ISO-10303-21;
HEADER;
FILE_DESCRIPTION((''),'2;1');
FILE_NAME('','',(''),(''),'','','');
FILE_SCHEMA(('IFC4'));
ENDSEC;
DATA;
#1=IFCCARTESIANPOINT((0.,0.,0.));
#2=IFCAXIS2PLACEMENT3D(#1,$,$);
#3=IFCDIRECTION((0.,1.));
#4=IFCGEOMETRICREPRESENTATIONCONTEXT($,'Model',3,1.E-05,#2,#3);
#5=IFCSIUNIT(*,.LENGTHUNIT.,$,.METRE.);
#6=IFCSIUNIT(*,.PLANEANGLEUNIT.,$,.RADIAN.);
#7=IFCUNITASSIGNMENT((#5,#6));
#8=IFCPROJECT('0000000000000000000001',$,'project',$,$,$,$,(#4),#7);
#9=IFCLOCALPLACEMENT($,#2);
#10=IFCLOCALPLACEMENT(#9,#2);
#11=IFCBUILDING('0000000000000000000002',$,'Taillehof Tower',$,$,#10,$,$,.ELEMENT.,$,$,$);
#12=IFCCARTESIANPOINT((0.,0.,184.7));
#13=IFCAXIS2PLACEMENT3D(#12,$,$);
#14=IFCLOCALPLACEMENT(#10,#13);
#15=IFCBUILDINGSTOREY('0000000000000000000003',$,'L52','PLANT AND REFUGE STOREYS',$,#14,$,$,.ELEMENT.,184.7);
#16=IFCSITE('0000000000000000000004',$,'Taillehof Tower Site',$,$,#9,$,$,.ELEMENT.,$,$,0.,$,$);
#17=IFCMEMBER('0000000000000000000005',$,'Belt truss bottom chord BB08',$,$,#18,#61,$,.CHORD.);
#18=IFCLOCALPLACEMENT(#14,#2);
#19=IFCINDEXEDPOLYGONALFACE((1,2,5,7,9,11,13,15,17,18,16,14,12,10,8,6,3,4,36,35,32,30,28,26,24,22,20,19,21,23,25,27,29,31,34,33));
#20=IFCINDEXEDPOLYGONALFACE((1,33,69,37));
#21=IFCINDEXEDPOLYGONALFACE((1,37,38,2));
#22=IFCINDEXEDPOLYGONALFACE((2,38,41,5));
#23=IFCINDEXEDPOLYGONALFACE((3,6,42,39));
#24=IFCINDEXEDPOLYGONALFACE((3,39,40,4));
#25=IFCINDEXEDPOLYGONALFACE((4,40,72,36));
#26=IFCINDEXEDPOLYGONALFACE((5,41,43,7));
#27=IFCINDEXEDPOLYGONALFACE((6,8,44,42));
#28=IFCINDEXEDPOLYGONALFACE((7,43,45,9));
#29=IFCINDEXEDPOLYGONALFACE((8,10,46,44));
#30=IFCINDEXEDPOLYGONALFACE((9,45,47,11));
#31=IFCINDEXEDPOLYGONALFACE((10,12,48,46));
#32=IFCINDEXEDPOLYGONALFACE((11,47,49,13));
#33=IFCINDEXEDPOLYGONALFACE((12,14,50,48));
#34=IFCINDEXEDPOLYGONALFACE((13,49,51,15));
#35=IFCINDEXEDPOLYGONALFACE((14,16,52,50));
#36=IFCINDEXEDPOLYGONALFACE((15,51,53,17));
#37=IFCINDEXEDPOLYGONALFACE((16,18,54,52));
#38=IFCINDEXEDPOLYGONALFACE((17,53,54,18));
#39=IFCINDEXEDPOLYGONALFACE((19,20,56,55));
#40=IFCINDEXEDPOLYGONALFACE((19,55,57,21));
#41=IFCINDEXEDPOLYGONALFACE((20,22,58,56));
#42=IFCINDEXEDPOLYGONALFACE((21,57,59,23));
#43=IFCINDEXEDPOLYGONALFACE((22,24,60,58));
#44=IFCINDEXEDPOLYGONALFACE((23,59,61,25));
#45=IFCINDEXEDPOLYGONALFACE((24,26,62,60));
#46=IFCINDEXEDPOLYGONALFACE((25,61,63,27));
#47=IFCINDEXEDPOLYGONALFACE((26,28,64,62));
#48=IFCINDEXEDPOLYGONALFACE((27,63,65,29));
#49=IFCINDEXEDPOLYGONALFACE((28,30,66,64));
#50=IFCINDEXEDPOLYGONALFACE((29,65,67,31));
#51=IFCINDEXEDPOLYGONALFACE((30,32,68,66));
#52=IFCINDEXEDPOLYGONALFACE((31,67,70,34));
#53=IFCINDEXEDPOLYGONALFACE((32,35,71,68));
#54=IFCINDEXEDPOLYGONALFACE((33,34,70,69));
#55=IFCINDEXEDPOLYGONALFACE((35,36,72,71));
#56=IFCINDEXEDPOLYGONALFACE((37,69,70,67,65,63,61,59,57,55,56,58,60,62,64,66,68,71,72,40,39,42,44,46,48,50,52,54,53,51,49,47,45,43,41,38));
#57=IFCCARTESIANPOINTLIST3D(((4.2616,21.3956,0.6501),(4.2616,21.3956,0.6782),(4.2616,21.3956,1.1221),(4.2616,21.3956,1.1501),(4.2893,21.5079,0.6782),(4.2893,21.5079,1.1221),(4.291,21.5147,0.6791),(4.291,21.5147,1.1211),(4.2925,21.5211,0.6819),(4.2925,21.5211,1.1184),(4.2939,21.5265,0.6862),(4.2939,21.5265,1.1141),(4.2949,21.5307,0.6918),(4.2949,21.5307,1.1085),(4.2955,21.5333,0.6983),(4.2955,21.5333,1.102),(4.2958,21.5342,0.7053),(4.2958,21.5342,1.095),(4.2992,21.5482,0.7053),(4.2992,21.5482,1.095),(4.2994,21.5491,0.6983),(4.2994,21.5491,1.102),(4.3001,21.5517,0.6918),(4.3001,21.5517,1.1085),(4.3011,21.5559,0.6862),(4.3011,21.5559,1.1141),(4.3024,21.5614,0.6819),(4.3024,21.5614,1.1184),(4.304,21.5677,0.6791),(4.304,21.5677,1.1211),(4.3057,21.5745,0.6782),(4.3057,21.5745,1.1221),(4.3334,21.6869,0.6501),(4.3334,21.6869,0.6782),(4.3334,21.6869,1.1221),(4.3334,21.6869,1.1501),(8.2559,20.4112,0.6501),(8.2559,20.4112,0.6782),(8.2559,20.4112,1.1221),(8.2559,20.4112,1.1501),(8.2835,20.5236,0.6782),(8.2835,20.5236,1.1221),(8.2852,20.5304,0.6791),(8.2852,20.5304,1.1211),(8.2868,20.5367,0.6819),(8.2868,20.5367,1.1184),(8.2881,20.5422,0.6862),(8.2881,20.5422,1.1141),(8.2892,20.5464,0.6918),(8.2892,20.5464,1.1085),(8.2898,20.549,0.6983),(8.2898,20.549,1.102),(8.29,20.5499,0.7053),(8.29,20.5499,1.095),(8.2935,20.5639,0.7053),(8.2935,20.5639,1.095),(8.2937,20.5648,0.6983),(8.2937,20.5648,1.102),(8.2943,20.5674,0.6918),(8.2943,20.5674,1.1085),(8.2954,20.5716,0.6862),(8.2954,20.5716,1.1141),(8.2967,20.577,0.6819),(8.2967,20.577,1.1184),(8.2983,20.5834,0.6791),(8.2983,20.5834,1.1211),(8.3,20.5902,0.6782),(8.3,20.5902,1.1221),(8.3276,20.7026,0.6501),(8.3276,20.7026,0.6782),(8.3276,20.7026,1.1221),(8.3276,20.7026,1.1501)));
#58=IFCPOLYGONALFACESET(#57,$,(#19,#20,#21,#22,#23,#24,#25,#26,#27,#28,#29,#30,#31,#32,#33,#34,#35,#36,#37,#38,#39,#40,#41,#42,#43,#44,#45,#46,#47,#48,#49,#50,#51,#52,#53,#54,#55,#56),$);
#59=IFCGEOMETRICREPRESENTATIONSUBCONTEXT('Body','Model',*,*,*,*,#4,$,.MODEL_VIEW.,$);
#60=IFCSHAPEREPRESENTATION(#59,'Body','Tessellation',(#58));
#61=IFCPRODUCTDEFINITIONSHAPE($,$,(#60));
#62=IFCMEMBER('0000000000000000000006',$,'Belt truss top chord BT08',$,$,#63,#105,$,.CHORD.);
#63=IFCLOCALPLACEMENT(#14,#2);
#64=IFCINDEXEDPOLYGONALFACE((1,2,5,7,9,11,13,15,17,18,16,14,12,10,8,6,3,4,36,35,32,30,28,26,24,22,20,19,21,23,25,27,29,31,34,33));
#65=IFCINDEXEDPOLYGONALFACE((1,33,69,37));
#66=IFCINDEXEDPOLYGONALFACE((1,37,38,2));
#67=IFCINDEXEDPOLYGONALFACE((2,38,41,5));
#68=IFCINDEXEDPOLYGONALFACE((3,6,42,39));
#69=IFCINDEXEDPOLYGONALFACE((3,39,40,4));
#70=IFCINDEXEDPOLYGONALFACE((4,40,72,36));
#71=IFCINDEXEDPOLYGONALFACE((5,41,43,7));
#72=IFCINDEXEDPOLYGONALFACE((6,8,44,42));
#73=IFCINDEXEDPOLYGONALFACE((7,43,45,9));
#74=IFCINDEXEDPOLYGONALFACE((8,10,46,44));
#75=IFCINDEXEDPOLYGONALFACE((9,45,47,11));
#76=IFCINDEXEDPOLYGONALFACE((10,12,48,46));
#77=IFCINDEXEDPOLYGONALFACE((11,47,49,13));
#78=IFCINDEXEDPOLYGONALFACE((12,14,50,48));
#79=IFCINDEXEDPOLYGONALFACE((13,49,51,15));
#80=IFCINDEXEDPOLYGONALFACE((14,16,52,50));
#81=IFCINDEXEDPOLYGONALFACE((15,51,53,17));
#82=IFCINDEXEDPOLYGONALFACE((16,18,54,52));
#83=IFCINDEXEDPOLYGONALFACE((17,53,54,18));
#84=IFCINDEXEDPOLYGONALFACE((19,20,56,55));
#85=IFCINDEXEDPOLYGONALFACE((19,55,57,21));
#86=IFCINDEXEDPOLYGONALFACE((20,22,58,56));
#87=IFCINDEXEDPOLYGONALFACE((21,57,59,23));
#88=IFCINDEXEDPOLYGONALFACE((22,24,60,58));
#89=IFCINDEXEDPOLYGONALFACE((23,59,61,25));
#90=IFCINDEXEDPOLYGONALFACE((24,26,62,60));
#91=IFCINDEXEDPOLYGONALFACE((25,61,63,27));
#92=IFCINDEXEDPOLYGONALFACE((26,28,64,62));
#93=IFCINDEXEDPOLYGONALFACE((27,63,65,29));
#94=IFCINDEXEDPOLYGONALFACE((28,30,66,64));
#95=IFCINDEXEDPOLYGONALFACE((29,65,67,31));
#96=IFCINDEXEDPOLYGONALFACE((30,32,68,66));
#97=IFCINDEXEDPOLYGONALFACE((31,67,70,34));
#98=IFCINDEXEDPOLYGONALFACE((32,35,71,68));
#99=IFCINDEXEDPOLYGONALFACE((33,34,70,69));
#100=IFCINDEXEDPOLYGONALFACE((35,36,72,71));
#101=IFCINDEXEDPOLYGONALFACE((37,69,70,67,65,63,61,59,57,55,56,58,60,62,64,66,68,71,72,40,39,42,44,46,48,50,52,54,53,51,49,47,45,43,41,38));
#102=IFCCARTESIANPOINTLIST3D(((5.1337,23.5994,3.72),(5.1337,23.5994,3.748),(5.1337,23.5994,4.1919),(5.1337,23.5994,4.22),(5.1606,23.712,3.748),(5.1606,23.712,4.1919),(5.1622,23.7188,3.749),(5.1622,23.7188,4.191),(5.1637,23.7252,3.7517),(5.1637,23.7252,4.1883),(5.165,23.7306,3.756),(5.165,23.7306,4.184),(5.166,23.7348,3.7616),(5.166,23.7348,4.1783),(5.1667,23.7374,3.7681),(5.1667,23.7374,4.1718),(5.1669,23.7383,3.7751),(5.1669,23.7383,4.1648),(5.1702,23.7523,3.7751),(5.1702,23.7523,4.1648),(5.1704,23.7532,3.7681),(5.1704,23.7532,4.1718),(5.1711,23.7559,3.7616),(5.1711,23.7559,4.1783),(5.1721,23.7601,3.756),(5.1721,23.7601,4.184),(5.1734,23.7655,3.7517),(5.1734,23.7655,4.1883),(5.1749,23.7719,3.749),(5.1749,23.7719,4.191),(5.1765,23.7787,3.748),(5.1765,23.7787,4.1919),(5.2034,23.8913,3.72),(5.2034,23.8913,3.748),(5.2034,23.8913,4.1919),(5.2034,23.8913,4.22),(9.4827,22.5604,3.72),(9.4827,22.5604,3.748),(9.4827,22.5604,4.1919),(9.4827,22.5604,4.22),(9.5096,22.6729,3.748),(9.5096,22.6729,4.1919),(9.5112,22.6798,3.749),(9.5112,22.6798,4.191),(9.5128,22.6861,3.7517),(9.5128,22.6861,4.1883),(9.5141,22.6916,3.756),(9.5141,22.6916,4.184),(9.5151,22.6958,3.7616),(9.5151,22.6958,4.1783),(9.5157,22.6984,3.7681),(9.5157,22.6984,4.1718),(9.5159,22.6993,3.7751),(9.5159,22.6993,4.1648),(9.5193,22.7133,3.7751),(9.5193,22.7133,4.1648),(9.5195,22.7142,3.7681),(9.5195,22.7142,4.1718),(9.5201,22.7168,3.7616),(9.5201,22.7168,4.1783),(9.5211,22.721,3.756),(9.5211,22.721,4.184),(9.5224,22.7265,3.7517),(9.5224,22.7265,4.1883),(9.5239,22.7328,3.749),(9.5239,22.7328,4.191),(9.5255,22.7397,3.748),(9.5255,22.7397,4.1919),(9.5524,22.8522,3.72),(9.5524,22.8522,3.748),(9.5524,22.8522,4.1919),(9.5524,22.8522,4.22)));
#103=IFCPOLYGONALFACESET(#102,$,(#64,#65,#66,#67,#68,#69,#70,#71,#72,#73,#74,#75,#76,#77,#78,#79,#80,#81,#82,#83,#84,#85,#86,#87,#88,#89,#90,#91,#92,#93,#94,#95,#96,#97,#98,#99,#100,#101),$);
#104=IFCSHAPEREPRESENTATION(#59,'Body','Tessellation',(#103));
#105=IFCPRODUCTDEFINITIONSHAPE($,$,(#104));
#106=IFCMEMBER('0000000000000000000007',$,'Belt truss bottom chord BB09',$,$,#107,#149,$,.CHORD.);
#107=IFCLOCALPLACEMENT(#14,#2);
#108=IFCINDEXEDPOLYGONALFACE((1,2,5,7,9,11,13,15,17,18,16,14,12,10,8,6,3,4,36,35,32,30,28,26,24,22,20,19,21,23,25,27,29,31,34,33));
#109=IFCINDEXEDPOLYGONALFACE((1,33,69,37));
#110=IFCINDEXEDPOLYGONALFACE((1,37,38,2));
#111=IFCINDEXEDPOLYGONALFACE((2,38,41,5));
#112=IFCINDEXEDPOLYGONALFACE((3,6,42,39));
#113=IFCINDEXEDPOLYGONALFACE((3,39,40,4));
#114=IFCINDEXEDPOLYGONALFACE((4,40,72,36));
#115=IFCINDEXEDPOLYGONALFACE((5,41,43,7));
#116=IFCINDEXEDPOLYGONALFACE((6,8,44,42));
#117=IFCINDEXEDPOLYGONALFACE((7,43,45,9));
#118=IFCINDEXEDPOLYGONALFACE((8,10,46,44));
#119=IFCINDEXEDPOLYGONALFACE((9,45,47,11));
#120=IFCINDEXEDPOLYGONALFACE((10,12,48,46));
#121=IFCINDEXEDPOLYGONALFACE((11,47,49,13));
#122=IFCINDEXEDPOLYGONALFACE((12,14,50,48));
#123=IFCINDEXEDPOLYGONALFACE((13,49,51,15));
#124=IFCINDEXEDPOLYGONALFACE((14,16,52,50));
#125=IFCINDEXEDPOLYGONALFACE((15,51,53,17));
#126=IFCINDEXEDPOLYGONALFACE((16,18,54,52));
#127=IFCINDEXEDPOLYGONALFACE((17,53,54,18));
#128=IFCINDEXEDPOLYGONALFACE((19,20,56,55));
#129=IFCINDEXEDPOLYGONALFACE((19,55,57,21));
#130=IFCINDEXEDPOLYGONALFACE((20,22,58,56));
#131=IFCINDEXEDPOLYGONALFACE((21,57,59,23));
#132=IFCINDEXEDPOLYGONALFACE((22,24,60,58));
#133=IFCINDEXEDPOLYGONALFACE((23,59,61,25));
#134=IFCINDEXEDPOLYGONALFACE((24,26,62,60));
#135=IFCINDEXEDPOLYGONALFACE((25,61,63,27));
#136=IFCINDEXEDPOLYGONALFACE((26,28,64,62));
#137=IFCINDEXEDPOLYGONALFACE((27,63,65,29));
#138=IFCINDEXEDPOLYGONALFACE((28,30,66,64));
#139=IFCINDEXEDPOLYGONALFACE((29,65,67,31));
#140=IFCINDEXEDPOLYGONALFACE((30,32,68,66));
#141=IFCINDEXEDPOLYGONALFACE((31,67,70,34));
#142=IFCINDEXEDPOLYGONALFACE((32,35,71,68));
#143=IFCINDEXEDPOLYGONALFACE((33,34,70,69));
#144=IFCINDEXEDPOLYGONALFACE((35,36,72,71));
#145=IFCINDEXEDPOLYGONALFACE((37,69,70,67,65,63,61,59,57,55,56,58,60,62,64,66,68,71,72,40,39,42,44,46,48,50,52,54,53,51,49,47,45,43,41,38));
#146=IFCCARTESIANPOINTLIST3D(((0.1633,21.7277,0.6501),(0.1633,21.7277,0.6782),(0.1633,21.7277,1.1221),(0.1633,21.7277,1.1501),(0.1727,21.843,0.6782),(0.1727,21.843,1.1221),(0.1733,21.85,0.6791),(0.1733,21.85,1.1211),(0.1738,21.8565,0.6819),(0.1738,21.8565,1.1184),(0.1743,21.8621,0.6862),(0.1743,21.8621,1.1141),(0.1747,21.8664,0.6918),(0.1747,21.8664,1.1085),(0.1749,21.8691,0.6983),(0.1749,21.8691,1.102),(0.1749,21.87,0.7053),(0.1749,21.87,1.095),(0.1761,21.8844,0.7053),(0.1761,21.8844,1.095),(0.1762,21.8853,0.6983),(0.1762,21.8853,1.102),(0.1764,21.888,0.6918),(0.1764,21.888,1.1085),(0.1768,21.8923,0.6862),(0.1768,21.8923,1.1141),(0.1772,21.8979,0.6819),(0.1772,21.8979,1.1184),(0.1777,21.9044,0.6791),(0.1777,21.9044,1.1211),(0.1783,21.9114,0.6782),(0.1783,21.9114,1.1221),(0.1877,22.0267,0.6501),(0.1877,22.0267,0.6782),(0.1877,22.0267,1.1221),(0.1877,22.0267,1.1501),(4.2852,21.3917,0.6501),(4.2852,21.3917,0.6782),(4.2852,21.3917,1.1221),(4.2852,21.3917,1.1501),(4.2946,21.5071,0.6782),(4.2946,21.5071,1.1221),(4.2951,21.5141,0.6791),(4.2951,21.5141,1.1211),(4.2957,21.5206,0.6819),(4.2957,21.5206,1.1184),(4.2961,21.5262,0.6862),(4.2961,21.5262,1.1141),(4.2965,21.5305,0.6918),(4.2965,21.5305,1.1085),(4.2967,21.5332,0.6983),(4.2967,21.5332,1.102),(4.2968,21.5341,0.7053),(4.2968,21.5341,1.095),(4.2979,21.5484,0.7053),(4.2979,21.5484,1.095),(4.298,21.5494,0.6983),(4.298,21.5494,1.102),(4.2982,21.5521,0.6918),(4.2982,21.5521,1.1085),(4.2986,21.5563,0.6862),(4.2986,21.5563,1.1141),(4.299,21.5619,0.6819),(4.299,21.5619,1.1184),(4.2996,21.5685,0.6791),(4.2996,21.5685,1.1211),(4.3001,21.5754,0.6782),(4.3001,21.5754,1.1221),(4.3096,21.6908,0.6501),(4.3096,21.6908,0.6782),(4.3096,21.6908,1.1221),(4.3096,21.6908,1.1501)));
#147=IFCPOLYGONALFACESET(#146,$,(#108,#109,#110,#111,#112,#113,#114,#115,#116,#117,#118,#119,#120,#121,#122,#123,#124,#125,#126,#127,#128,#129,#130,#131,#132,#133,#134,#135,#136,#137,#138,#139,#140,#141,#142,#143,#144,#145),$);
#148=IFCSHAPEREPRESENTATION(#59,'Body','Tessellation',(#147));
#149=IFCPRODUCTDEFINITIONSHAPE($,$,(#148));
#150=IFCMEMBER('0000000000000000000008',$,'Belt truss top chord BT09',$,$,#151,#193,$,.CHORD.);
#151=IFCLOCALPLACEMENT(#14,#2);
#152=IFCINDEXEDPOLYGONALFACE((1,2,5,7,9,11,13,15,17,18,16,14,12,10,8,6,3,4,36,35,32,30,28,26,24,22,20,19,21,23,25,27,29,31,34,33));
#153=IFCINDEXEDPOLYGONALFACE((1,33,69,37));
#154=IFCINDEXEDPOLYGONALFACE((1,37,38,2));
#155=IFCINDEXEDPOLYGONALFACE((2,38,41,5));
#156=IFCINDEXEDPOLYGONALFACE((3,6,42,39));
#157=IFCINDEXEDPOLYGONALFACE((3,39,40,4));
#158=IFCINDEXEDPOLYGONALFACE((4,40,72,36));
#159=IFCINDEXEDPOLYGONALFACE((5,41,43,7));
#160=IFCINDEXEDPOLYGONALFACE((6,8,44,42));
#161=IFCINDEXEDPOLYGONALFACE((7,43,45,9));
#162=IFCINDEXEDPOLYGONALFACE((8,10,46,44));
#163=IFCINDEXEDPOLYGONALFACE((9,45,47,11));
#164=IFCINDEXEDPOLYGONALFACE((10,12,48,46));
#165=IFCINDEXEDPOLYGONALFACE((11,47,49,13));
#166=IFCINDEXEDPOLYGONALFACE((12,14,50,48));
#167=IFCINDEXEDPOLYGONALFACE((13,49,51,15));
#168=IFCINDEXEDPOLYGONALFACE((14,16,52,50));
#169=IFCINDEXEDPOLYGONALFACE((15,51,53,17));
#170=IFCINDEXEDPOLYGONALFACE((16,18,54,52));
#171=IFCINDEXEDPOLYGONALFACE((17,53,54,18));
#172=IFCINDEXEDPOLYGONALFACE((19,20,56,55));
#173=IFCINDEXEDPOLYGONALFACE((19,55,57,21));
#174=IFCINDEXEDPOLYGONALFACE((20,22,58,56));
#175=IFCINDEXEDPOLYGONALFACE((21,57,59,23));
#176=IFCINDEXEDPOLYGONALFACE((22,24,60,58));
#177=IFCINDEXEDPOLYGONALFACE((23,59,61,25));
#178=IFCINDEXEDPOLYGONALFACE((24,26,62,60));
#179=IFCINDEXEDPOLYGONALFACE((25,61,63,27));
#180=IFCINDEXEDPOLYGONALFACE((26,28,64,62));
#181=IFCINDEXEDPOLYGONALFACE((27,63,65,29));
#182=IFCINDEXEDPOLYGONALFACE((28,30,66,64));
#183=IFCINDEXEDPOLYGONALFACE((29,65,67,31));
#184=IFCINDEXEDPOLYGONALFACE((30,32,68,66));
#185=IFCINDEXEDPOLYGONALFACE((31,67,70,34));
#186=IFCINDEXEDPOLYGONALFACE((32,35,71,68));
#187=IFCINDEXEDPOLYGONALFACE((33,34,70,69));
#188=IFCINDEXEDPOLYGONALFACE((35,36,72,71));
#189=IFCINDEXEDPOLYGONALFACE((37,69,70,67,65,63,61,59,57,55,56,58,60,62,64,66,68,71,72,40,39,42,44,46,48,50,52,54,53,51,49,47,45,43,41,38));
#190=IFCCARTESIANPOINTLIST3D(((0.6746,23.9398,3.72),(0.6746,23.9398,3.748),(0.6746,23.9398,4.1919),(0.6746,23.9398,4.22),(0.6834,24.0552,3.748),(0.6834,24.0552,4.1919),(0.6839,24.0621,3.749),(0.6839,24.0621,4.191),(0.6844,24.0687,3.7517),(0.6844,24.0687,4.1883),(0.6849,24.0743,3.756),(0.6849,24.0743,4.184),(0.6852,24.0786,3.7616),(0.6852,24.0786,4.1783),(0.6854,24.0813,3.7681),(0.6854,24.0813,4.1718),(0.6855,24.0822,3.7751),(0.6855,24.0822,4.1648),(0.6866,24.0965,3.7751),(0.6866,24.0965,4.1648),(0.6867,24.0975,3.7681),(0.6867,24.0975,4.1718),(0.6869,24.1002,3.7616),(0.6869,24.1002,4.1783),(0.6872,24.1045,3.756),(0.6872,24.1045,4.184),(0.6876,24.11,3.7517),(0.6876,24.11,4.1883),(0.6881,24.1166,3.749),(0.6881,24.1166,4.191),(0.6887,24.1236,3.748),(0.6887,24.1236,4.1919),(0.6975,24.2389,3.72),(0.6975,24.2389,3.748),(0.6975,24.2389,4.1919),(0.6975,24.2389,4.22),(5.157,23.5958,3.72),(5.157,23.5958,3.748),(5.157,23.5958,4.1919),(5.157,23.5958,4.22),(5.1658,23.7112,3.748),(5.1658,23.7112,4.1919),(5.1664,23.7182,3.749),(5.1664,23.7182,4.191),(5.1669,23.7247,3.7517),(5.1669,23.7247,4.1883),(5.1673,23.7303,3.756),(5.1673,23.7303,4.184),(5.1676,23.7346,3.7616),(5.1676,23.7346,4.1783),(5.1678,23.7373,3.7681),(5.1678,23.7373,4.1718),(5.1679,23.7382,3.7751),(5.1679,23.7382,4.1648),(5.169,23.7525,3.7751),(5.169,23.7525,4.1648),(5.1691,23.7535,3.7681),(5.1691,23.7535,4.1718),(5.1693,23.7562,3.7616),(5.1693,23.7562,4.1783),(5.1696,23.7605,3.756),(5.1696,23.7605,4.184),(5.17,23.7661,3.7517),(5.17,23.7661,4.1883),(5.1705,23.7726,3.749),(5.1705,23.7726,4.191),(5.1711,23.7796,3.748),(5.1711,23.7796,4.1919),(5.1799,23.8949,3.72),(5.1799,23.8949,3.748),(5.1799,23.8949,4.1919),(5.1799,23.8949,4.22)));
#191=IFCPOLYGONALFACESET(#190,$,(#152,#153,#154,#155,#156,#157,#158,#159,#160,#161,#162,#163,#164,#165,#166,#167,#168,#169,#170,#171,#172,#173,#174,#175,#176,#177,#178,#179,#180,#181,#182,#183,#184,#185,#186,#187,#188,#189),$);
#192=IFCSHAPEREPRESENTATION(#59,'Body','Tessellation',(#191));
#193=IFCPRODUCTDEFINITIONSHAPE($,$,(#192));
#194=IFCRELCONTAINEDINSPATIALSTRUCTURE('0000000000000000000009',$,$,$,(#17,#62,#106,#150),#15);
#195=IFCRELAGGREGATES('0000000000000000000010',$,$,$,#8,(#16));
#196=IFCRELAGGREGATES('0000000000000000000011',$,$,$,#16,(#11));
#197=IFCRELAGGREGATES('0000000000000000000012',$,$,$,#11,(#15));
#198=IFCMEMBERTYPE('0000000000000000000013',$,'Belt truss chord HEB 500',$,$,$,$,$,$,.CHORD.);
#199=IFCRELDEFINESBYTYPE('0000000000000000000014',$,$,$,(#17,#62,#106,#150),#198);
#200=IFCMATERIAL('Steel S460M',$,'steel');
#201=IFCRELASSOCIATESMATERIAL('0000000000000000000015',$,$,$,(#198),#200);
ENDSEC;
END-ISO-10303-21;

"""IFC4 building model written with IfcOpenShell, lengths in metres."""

from ifc_helpers import new_model, si_unit, direction, frame, origin, origin_2d, place, context, subcontext, project, spatial, i_section, extrude, material, material_profile, profile_set, type_object, element, save


model = new_model("IFC4")

# Units and contexts
model_context = context("Model", 3, precision=1e-05, world=origin(), true_north=direction((0.0, 1.0)))
body_context = subcontext(model_context, "Body", "Model", "MODEL_VIEW")
ifc_project = project(units=[si_unit("LENGTHUNIT", "METRE"), si_unit("PLANEANGLEUNIT", "RADIAN")], contexts=[model_context])

# Site, building, storey
site_placement = place(None, origin())
site = spatial("IfcSite", under=ifc_project, at=site_placement, Name="Taillehof Tower Site", CompositionType="ELEMENT", RefElevation=0.0)
building_placement = place(site_placement, origin())
building = spatial("IfcBuilding", under=site, at=building_placement, Name="Taillehof Tower", CompositionType="ELEMENT")
storey_placement = place(building_placement, frame((0.0, 0.0, 184.7)))
storey = spatial("IfcBuildingStorey", under=building, at=storey_placement, Name="L52", Description="PLANT AND REFUGE STOREYS", CompositionType="ELEMENT", Elevation=184.7)

# Members
ifc_material_1 = material(Name="Steel S460M", Category="steel")
ifc_material_profile_1 = material_profile(ifc_material_1, i_section(OverallWidth=0.3, OverallDepth=0.5, WebThickness=0.0144, FlangeThickness=0.0281, FilletRadius=0.0271, at=origin_2d()), Name="HEB 500")
ifc_profile_set_1 = profile_set([ifc_material_profile_1], Name="Steel S460M")
member_type_1 = type_object("IfcMemberType", Name="Belt truss chord HEB 500", PredefinedType="CHORD", material=ifc_profile_set_1)
member_1_placement = place(storey_placement, frame((8.2917, 20.5569, 0.9001), z_axis=(-0.97095, 0.239281, 0.0), x_axis=(-0.239281, -0.97095, 0.0)))
element("IfcMember", 1, at=member_1_placement, inside=storey, type_object=member_type_1, Name="Belt truss bottom chord BB08", PredefinedType="CHORD", context=body_context, shape_type="SweptSolid", body=[
    extrude(i_section(OverallWidth=0.3, OverallDepth=0.5, WebThickness=0.0144, FlangeThickness=0.0281, FilletRadius=0.0271, at=origin_2d()), origin(), (0.0, 0.0, 1.0), 4.1138),
])
member_2_placement = place(storey_placement, frame((9.5176, 22.7063, 3.97), z_axis=(-0.972627, 0.232373, 0.0), x_axis=(-0.232373, -0.972627, 0.0)))
element("IfcMember", 2, at=member_2_placement, inside=storey, type_object=member_type_1, Name="Belt truss top chord BT08", PredefinedType="CHORD", context=body_context, shape_type="SweptSolid", body=[
    extrude(i_section(OverallWidth=0.3, OverallDepth=0.5, WebThickness=0.0144, FlangeThickness=0.0281, FilletRadius=0.0271, at=origin_2d()), origin(), (0.0, 0.0, 1.0), 4.4714),
])
member_3_placement = place(storey_placement, frame((4.2974, 21.5413, 0.9001), z_axis=(-0.996695, 0.081233, 0.0), x_axis=(-0.081233, -0.996695, 0.0)))
element("IfcMember", 3, at=member_3_placement, inside=storey, type_object=member_type_1, Name="Belt truss bottom chord BB09", PredefinedType="CHORD", context=body_context, shape_type="SweptSolid", body=[
    extrude(i_section(OverallWidth=0.3, OverallDepth=0.5, WebThickness=0.0144, FlangeThickness=0.0281, FilletRadius=0.0271, at=origin_2d()), origin(), (0.0, 0.0, 1.0), 4.1355),
])
member_4_placement = place(storey_placement, frame((5.1685, 23.7454, 3.97), z_axis=(-0.997068, 0.076518, 0.0), x_axis=(-0.076518, -0.997068, 0.0)))
element("IfcMember", 4, at=member_4_placement, inside=storey, type_object=member_type_1, Name="Belt truss top chord BT09", PredefinedType="CHORD", context=body_context, shape_type="SweptSolid", body=[
    extrude(i_section(OverallWidth=0.3, OverallDepth=0.5, WebThickness=0.0144, FlangeThickness=0.0281, FilletRadius=0.0271, at=origin_2d()), origin(), (0.0, 0.0, 1.0), 4.4956),
])

save(model, "model.ifc")
